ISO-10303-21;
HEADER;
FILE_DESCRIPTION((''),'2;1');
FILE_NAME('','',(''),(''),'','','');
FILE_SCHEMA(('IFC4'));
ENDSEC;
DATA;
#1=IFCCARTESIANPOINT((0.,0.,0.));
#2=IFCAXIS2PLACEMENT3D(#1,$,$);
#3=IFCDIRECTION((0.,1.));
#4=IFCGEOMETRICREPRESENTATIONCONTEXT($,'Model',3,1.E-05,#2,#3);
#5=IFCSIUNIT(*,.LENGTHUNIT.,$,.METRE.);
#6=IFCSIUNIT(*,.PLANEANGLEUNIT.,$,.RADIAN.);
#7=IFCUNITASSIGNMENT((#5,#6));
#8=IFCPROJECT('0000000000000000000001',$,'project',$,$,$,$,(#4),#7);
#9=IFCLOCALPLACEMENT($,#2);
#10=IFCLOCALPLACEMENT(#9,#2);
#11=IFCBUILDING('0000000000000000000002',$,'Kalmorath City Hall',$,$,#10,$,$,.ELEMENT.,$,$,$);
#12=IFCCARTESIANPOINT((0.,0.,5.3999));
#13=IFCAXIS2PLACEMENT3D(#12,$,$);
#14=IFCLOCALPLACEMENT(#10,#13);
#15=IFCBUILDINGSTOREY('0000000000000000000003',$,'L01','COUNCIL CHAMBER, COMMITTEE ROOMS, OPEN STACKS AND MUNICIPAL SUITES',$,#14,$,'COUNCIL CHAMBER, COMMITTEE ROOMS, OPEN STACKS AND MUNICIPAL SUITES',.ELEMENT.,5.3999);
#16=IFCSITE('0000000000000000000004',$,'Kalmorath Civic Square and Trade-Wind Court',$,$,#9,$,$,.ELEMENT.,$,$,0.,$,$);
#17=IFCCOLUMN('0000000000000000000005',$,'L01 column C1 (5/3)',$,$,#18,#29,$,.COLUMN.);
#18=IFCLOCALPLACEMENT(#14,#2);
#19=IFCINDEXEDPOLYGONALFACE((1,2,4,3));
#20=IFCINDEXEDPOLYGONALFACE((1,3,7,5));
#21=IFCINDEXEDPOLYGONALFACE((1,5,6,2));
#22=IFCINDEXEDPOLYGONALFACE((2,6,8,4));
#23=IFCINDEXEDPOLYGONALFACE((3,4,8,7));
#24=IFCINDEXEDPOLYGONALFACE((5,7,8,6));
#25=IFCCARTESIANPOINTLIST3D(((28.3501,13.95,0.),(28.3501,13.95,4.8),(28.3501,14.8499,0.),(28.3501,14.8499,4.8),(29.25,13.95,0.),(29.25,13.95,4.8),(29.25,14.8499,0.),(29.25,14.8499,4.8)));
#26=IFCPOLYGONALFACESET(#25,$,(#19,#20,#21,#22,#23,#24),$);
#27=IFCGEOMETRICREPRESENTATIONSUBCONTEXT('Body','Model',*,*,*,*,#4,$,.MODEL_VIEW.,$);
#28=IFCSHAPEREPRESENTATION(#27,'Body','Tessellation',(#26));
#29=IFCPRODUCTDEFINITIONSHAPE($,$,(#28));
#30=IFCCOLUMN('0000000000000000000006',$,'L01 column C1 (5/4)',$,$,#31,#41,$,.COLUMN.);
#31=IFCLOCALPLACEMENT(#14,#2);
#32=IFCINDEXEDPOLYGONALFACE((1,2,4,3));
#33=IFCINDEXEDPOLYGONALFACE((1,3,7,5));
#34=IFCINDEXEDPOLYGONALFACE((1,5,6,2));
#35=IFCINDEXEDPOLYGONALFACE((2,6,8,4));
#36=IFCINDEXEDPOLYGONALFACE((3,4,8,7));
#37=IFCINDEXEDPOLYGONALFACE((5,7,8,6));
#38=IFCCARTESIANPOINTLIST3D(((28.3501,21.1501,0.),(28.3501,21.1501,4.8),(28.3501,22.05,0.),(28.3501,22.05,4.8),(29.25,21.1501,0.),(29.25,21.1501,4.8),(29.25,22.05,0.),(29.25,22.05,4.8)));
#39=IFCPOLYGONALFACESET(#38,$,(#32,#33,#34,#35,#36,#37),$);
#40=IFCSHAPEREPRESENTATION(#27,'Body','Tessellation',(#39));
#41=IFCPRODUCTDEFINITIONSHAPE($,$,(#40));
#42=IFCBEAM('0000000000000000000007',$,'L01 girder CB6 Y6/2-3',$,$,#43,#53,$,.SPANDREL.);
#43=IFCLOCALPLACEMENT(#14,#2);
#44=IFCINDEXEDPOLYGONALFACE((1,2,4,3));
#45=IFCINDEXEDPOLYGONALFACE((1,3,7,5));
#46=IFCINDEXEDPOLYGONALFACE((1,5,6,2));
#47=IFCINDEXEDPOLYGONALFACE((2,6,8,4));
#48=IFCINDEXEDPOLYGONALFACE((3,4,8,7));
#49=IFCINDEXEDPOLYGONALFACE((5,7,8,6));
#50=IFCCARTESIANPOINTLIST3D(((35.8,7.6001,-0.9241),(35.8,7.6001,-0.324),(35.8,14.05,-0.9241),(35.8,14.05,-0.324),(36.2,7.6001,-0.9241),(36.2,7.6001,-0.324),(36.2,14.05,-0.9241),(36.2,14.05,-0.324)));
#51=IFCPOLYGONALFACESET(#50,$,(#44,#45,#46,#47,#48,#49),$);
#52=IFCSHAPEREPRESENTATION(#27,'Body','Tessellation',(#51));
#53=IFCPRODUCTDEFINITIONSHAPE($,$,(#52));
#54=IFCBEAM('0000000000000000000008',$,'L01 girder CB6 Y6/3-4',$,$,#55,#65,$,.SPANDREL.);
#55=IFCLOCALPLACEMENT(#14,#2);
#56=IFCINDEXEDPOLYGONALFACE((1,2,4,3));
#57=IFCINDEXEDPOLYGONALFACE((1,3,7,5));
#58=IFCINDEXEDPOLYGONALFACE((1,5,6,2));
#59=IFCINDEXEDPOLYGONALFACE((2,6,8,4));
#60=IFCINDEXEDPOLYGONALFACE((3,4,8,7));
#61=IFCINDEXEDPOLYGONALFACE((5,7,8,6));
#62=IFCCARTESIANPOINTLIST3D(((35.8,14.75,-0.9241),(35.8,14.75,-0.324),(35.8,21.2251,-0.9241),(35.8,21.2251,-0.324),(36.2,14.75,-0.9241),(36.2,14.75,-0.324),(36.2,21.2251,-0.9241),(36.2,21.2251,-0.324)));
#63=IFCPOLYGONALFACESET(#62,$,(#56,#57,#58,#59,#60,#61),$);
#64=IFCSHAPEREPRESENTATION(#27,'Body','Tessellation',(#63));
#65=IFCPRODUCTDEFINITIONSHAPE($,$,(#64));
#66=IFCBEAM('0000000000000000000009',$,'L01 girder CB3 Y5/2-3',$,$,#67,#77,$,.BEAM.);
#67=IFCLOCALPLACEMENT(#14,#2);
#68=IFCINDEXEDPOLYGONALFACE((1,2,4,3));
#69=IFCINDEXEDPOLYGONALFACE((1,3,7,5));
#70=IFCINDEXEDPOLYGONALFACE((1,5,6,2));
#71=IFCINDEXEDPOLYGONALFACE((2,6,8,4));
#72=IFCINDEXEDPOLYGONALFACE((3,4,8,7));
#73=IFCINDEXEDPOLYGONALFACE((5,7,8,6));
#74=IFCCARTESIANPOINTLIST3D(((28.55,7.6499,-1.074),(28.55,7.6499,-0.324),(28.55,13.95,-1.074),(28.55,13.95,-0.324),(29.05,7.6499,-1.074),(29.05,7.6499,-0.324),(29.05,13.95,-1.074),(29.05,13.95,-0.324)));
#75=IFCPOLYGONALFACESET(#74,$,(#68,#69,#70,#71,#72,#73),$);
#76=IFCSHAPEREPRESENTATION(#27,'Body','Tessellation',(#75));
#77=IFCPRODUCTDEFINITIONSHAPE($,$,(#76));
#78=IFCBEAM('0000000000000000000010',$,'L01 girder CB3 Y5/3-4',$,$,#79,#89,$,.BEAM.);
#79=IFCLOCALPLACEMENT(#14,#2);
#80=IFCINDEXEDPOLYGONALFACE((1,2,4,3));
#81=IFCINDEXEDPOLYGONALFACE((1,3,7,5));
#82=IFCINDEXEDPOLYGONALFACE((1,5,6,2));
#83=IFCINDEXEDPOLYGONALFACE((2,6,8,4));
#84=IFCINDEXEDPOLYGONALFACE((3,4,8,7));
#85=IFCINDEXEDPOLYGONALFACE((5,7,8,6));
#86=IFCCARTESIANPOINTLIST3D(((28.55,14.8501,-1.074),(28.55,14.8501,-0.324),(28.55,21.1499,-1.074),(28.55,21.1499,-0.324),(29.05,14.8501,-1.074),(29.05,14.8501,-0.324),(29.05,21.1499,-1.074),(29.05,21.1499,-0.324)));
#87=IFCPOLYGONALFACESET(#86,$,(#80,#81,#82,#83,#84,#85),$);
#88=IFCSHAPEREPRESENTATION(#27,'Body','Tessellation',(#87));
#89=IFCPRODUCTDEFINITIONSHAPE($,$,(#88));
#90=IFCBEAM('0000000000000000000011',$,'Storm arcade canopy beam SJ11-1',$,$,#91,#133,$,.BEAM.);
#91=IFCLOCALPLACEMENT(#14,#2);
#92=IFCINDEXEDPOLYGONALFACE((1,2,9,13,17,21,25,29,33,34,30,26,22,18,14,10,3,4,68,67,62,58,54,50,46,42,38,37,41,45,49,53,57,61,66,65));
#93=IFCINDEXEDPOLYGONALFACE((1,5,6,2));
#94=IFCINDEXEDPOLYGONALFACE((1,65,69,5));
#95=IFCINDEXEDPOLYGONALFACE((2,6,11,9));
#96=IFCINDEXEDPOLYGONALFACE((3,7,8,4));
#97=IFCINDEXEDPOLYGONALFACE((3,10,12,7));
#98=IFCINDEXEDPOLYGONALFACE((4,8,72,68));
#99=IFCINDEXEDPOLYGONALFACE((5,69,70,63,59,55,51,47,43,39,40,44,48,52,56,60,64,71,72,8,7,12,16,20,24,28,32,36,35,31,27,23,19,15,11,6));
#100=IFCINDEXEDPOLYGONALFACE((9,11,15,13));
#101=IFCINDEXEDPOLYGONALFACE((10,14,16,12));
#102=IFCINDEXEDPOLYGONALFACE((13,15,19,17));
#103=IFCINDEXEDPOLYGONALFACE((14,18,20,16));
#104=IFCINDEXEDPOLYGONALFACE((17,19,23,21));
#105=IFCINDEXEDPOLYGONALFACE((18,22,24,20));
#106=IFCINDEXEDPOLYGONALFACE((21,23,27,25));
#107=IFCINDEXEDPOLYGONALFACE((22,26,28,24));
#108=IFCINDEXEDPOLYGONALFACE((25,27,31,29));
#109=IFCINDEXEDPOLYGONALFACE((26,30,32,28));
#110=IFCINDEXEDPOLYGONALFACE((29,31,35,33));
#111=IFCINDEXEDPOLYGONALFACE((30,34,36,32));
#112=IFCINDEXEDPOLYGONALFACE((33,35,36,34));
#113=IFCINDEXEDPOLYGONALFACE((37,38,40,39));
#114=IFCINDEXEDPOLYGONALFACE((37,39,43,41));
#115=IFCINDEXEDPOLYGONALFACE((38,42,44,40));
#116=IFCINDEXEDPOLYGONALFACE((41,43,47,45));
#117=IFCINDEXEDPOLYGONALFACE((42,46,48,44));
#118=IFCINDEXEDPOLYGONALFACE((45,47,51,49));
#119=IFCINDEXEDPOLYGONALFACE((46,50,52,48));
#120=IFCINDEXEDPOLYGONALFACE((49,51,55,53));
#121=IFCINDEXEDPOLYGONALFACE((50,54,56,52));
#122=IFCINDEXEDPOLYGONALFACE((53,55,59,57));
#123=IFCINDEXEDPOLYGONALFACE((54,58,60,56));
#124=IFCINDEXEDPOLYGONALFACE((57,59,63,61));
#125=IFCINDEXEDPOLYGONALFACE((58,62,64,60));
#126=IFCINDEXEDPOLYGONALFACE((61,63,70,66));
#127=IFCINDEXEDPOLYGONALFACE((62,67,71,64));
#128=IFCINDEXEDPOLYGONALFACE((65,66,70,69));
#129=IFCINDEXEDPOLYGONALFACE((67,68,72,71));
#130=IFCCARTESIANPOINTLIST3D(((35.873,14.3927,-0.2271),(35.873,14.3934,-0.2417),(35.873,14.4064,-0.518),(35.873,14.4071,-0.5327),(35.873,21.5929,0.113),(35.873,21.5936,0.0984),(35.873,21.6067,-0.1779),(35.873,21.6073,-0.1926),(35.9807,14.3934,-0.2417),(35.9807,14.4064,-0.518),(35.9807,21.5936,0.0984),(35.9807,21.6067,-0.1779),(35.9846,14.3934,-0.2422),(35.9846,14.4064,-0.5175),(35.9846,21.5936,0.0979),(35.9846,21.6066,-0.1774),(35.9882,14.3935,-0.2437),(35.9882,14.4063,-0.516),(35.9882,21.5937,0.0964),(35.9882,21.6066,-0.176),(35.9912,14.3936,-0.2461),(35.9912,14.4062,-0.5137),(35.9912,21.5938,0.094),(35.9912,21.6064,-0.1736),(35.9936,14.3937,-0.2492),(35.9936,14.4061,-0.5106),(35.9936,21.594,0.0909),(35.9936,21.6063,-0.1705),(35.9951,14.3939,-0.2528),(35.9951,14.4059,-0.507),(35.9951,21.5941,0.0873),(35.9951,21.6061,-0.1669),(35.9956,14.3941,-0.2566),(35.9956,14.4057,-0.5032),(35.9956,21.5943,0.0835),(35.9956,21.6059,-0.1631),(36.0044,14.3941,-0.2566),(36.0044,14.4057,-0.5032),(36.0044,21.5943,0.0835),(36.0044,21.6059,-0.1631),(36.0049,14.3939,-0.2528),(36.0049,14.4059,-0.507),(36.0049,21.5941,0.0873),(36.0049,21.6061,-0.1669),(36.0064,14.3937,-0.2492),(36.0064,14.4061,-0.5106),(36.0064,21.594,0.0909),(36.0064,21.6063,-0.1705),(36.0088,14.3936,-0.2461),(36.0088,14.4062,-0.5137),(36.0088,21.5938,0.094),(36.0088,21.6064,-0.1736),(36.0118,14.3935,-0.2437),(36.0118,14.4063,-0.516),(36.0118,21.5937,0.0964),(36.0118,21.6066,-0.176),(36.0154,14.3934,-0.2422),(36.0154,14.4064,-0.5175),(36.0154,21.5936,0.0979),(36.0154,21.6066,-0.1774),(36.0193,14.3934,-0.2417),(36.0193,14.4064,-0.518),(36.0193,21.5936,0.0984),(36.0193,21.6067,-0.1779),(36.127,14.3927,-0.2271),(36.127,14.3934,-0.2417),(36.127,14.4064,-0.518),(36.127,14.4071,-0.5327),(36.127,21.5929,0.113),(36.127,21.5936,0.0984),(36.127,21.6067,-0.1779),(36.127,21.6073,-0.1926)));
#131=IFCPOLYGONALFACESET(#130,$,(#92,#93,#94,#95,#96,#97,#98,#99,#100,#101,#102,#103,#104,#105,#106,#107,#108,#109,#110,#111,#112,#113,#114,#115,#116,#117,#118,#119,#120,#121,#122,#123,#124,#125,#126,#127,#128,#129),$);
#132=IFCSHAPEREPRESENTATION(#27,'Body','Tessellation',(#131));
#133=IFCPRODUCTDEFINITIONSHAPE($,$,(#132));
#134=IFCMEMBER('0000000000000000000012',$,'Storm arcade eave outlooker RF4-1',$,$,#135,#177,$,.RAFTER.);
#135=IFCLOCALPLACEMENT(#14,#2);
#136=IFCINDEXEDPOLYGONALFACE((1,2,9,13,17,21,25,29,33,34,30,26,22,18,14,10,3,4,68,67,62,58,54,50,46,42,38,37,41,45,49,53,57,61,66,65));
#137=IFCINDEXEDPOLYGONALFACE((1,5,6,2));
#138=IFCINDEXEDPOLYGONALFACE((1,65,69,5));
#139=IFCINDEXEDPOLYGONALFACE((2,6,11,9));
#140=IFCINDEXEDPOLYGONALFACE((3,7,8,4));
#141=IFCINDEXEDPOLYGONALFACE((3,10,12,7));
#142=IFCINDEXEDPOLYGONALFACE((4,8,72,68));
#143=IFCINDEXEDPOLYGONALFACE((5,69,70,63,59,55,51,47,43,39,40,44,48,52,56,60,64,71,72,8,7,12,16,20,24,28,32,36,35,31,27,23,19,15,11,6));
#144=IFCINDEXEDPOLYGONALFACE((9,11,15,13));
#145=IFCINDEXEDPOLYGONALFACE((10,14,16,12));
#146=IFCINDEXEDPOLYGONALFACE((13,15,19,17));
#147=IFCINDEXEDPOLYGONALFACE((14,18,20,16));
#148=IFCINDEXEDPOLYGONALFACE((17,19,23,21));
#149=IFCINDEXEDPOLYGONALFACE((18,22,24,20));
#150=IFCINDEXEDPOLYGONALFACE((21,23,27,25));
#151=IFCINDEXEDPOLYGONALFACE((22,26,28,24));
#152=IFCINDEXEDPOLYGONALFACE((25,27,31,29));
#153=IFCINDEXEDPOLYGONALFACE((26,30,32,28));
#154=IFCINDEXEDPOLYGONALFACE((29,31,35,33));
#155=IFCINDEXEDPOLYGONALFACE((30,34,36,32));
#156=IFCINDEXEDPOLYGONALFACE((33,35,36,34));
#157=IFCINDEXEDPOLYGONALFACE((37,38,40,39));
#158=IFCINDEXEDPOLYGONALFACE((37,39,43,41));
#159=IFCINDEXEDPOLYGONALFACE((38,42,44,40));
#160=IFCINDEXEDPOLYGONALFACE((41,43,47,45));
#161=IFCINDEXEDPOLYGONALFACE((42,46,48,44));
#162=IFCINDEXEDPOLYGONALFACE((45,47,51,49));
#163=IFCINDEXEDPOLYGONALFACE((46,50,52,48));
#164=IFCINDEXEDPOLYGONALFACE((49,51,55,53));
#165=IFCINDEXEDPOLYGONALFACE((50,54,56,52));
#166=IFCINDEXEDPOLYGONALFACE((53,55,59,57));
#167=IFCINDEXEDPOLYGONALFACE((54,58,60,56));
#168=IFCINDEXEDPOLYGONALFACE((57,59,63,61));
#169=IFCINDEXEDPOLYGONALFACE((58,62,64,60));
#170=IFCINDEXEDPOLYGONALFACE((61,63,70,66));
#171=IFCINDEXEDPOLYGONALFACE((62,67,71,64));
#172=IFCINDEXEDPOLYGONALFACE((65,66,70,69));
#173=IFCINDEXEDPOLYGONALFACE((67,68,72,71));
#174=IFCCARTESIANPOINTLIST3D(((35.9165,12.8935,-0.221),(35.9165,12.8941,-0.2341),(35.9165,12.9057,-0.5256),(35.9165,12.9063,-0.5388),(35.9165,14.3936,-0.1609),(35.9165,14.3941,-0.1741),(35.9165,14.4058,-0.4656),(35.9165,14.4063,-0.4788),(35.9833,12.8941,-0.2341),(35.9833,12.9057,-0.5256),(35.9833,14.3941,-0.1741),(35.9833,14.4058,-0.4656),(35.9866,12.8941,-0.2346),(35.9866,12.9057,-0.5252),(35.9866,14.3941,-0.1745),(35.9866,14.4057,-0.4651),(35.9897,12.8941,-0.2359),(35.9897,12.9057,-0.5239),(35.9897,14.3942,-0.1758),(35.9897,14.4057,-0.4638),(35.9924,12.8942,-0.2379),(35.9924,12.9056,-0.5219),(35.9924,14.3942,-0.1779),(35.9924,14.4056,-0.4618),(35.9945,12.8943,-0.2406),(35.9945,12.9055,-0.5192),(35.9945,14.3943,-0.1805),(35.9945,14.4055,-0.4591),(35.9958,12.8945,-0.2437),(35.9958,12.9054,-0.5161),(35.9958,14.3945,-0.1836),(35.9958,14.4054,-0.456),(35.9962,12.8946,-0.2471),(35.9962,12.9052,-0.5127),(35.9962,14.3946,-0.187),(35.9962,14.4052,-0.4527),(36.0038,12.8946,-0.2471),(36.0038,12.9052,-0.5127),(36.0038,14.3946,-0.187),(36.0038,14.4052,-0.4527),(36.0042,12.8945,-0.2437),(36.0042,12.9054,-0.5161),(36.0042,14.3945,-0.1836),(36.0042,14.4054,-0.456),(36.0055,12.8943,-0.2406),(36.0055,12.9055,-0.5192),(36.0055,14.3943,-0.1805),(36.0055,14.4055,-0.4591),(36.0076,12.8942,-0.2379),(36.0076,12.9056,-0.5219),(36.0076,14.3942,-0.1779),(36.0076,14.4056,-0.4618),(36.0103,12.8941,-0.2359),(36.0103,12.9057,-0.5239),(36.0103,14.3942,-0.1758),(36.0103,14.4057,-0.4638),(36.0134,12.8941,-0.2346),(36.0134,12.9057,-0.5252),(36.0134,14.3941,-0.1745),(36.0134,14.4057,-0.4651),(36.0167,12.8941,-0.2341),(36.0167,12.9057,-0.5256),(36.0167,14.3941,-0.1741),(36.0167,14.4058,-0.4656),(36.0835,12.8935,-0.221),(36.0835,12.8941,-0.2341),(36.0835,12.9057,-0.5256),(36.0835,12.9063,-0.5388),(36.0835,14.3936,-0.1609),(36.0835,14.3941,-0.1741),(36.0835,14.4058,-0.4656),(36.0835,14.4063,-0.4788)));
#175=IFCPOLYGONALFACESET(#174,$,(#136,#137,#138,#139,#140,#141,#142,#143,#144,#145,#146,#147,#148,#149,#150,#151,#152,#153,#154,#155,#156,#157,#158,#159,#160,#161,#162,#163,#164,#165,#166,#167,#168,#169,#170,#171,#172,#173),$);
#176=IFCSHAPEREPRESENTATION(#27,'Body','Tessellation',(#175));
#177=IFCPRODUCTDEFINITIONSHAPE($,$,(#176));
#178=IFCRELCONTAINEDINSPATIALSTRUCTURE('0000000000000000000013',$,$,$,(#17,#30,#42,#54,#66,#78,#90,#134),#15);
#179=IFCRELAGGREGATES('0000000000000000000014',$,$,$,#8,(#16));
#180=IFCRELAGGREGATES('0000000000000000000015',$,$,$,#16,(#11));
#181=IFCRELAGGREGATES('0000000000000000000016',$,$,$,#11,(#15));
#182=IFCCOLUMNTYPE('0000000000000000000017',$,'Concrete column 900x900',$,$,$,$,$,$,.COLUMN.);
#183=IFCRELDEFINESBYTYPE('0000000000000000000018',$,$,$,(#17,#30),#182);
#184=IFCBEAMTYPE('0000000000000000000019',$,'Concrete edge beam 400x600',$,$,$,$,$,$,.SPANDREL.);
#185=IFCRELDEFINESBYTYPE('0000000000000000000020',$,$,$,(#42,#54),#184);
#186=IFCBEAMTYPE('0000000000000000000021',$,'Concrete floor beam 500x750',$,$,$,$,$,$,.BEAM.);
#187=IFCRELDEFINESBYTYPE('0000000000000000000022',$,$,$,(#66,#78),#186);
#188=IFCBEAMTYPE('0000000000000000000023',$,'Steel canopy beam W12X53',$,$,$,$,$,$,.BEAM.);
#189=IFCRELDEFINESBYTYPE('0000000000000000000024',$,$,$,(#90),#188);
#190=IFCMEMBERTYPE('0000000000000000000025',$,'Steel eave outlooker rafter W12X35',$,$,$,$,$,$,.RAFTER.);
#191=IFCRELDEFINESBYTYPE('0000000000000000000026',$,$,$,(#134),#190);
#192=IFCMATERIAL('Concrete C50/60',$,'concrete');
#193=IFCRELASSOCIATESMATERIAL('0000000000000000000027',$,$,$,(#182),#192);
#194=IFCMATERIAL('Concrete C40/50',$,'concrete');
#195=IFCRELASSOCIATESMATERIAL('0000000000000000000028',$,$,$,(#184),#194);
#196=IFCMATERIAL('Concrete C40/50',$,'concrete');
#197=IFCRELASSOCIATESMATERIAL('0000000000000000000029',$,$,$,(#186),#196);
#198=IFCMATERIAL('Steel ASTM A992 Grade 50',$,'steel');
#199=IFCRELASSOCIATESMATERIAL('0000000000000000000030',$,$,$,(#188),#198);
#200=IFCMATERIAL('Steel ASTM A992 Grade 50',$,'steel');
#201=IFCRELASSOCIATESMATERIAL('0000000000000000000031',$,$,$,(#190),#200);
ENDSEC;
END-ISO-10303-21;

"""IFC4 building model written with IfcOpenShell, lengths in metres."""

from ifc_helpers import new_model, si_unit, direction, frame, origin, origin_2d, place, context, subcontext, project, spatial, rectangle, i_section, extrude, material, material_profile, profile_set, type_object, element, save


model = new_model("IFC4")

# Units and contexts
model_context = context("Model", 3, precision=1e-05, world=origin(), true_north=direction((0.0, 1.0)))
body_context = subcontext(model_context, "Body", "Model", "MODEL_VIEW")
ifc_project = project(units=[si_unit("LENGTHUNIT", "METRE"), si_unit("PLANEANGLEUNIT", "RADIAN")], contexts=[model_context])

# Site, building, storey
site_placement = place(None, origin())
site = spatial("IfcSite", under=ifc_project, at=site_placement, Name="Kalmorath Civic Square and Trade-Wind Court", CompositionType="ELEMENT", RefElevation=0.0)
building_placement = place(site_placement, origin())
building = spatial("IfcBuilding", under=site, at=building_placement, Name="Kalmorath City Hall", CompositionType="ELEMENT")
storey_placement = place(building_placement, frame((0.0, 0.0, 5.3999)))
storey = spatial("IfcBuildingStorey", under=building, at=storey_placement, Name="L01", Description="COUNCIL CHAMBER, COMMITTEE ROOMS, OPEN STACKS AND MUNICIPAL SUITES", LongName="COUNCIL CHAMBER, COMMITTEE ROOMS, OPEN STACKS AND MUNICIPAL SUITES", CompositionType="ELEMENT", Elevation=5.3999)

# Columns
ifc_material_1 = material(Name="Concrete C50/60", Category="concrete")
ifc_material_profile_1 = material_profile(ifc_material_1, rectangle(XDim=0.8999, YDim=0.8999, at=origin_2d()), Name="RC-COL-900X900")
ifc_profile_set_1 = profile_set([ifc_material_profile_1], Name="Concrete C50/60")
column_type = type_object("IfcColumnType", Name="Concrete column 900x900", PredefinedType="COLUMN", material=ifc_profile_set_1)
for number, where, z_axis, x_axis, name in (
    (1, (28.8, 14.3999, 0.0), (0.0, 0.0, 1.0), (1.0, 0.0, 0.0), "L01 column C1 (5/3)"),
    (2, (28.8, 21.6001, 0.0), (0.0, 0.0, 1.0), (1.0, 0.0, 0.0), "L01 column C1 (5/4)"),
):
    element("IfcColumn", number, at=place(storey_placement, frame(where, z_axis=z_axis, x_axis=x_axis)), inside=storey, type_object=column_type, Name=name, PredefinedType="COLUMN", context=body_context, shape_type="SweptSolid", body=[
        extrude(rectangle(XDim=0.8999, YDim=0.8999, at=origin_2d()), origin(), (0.0, 0.0, 1.0), 4.8),
    ])

# Beams
ifc_material_2 = material(Name="Concrete C40/50", Category="concrete")
ifc_material_profile_2 = material_profile(ifc_material_2, rectangle(XDim=0.3999, YDim=0.6001, at=origin_2d()), Name="RC-BM-400X600")
ifc_profile_set_2 = profile_set([ifc_material_profile_2], Name="Concrete C40/50")
beam_type_1 = type_object("IfcBeamType", Name="Concrete edge beam 400x600", PredefinedType="SPANDREL", material=ifc_profile_set_2)
beam_1_placement = place(storey_placement, frame((36.0, 7.6001, -0.624), z_axis=(0.0, 1.0, 0.0), x_axis=(-1.0, 0.0, 0.0)))
element("IfcBeam", 3, at=beam_1_placement, inside=storey, type_object=beam_type_1, Name="L01 girder CB6 Y6/2-3", PredefinedType="SPANDREL", context=body_context, shape_type="SweptSolid", body=[
    extrude(rectangle(XDim=0.3999, YDim=0.6001, at=origin_2d()), origin(), (0.0, 0.0, 1.0), 6.45),
])
beam_2_placement = place(storey_placement, frame((36.0, 14.75, -0.624), z_axis=(0.0, 1.0, 0.0), x_axis=(-1.0, 0.0, 0.0)))
element("IfcBeam", 4, at=beam_2_placement, inside=storey, type_object=beam_type_1, Name="L01 girder CB6 Y6/3-4", PredefinedType="SPANDREL", context=body_context, shape_type="SweptSolid", body=[
    extrude(rectangle(XDim=0.3999, YDim=0.6001, at=origin_2d()), origin(), (0.0, 0.0, 1.0), 6.4751),
])
ifc_material_3 = material(Name="Concrete C40/50", Category="concrete")
ifc_material_profile_3 = material_profile(ifc_material_3, rectangle(XDim=0.5, YDim=0.75, at=origin_2d()), Name="RC-BM-500X750")
ifc_profile_set_3 = profile_set([ifc_material_profile_3], Name="Concrete C40/50")
beam_type_2 = type_object("IfcBeamType", Name="Concrete floor beam 500x750", PredefinedType="BEAM", material=ifc_profile_set_3)
beam_3_placement = place(storey_placement, frame((28.8, 7.6499, -0.699), z_axis=(0.0, 1.0, 0.0), x_axis=(-1.0, 0.0, 0.0)))
element("IfcBeam", 5, at=beam_3_placement, inside=storey, type_object=beam_type_2, Name="L01 girder CB3 Y5/2-3", PredefinedType="BEAM", context=body_context, shape_type="SweptSolid", body=[
    extrude(rectangle(XDim=0.5, YDim=0.75, at=origin_2d()), origin(), (0.0, 0.0, 1.0), 6.3),
])
beam_4_placement = place(storey_placement, frame((28.8, 14.8501, -0.699), z_axis=(0.0, 1.0, 0.0), x_axis=(-1.0, 0.0, 0.0)))
element("IfcBeam", 6, at=beam_4_placement, inside=storey, type_object=beam_type_2, Name="L01 girder CB3 Y5/3-4", PredefinedType="BEAM", context=body_context, shape_type="SweptSolid", body=[
    extrude(rectangle(XDim=0.5, YDim=0.75, at=origin_2d()), origin(), (0.0, 0.0, 1.0), 6.2998),
])
ifc_material_4 = material(Name="Steel ASTM A992 Grade 50", Category="steel")
ifc_material_profile_4 = material_profile(ifc_material_4, i_section(OverallWidth=0.2539, OverallDepth=0.3059, WebThickness=0.0088, FlangeThickness=0.0146, FilletRadius=0.0149, at=origin_2d()), Name="W12X53")
ifc_profile_set_4 = profile_set([ifc_material_profile_4], Name="Steel ASTM A992 Grade 50")
beam_type_3 = type_object("IfcBeamType", Name="Steel canopy beam W12X53", PredefinedType="BEAM", material=ifc_profile_set_4)
beam_5_placement = place(storey_placement, frame((36.0, 14.3999, -0.3799), z_axis=(0.0, 0.998886, 0.047181), x_axis=(-1.0, 0.0, 0.0)))
element("IfcBeam", 7, at=beam_5_placement, inside=storey, type_object=beam_type_3, Name="Storm arcade canopy beam SJ11-1", PredefinedType="BEAM", context=body_context, shape_type="SweptSolid", body=[
    extrude(i_section(OverallWidth=0.2539, OverallDepth=0.3059, WebThickness=0.0088, FlangeThickness=0.0146, FilletRadius=0.0149, at=origin_2d()), origin(), (0.0, 0.0, 1.0), 7.2083),
])

# Member
ifc_material_5 = material(Name="Steel ASTM A992 Grade 50", Category="steel")
ifc_material_profile_5 = material_profile(ifc_material_5, i_section(OverallWidth=0.167, OverallDepth=0.3181, WebThickness=0.0076, FlangeThickness=0.0132, FilletRadius=0.0129, at=origin_2d()), Name="W12X35")
ifc_profile_set_5 = profile_set([ifc_material_profile_5], Name="Steel ASTM A992 Grade 50")
member_type = type_object("IfcMemberType", Name="Steel eave outlooker rafter W12X35", PredefinedType="RAFTER", material=ifc_profile_set_5)
member_placement = place(storey_placement, frame((36.0, 12.8999, -0.3799), z_axis=(0.0, 0.999199, 0.040007), x_axis=(-1.0, 0.0, 0.0)))
element("IfcMember", 8, at=member_placement, inside=storey, type_object=member_type, Name="Storm arcade eave outlooker RF4-1", PredefinedType="RAFTER", context=body_context, shape_type="SweptSolid", body=[
    extrude(i_section(OverallWidth=0.167, OverallDepth=0.3181, WebThickness=0.0076, FlangeThickness=0.0132, FilletRadius=0.0129, at=origin_2d()), origin(), (0.0, 0.0, 1.0), 1.5012),
])

save(model, "model.ifc")
